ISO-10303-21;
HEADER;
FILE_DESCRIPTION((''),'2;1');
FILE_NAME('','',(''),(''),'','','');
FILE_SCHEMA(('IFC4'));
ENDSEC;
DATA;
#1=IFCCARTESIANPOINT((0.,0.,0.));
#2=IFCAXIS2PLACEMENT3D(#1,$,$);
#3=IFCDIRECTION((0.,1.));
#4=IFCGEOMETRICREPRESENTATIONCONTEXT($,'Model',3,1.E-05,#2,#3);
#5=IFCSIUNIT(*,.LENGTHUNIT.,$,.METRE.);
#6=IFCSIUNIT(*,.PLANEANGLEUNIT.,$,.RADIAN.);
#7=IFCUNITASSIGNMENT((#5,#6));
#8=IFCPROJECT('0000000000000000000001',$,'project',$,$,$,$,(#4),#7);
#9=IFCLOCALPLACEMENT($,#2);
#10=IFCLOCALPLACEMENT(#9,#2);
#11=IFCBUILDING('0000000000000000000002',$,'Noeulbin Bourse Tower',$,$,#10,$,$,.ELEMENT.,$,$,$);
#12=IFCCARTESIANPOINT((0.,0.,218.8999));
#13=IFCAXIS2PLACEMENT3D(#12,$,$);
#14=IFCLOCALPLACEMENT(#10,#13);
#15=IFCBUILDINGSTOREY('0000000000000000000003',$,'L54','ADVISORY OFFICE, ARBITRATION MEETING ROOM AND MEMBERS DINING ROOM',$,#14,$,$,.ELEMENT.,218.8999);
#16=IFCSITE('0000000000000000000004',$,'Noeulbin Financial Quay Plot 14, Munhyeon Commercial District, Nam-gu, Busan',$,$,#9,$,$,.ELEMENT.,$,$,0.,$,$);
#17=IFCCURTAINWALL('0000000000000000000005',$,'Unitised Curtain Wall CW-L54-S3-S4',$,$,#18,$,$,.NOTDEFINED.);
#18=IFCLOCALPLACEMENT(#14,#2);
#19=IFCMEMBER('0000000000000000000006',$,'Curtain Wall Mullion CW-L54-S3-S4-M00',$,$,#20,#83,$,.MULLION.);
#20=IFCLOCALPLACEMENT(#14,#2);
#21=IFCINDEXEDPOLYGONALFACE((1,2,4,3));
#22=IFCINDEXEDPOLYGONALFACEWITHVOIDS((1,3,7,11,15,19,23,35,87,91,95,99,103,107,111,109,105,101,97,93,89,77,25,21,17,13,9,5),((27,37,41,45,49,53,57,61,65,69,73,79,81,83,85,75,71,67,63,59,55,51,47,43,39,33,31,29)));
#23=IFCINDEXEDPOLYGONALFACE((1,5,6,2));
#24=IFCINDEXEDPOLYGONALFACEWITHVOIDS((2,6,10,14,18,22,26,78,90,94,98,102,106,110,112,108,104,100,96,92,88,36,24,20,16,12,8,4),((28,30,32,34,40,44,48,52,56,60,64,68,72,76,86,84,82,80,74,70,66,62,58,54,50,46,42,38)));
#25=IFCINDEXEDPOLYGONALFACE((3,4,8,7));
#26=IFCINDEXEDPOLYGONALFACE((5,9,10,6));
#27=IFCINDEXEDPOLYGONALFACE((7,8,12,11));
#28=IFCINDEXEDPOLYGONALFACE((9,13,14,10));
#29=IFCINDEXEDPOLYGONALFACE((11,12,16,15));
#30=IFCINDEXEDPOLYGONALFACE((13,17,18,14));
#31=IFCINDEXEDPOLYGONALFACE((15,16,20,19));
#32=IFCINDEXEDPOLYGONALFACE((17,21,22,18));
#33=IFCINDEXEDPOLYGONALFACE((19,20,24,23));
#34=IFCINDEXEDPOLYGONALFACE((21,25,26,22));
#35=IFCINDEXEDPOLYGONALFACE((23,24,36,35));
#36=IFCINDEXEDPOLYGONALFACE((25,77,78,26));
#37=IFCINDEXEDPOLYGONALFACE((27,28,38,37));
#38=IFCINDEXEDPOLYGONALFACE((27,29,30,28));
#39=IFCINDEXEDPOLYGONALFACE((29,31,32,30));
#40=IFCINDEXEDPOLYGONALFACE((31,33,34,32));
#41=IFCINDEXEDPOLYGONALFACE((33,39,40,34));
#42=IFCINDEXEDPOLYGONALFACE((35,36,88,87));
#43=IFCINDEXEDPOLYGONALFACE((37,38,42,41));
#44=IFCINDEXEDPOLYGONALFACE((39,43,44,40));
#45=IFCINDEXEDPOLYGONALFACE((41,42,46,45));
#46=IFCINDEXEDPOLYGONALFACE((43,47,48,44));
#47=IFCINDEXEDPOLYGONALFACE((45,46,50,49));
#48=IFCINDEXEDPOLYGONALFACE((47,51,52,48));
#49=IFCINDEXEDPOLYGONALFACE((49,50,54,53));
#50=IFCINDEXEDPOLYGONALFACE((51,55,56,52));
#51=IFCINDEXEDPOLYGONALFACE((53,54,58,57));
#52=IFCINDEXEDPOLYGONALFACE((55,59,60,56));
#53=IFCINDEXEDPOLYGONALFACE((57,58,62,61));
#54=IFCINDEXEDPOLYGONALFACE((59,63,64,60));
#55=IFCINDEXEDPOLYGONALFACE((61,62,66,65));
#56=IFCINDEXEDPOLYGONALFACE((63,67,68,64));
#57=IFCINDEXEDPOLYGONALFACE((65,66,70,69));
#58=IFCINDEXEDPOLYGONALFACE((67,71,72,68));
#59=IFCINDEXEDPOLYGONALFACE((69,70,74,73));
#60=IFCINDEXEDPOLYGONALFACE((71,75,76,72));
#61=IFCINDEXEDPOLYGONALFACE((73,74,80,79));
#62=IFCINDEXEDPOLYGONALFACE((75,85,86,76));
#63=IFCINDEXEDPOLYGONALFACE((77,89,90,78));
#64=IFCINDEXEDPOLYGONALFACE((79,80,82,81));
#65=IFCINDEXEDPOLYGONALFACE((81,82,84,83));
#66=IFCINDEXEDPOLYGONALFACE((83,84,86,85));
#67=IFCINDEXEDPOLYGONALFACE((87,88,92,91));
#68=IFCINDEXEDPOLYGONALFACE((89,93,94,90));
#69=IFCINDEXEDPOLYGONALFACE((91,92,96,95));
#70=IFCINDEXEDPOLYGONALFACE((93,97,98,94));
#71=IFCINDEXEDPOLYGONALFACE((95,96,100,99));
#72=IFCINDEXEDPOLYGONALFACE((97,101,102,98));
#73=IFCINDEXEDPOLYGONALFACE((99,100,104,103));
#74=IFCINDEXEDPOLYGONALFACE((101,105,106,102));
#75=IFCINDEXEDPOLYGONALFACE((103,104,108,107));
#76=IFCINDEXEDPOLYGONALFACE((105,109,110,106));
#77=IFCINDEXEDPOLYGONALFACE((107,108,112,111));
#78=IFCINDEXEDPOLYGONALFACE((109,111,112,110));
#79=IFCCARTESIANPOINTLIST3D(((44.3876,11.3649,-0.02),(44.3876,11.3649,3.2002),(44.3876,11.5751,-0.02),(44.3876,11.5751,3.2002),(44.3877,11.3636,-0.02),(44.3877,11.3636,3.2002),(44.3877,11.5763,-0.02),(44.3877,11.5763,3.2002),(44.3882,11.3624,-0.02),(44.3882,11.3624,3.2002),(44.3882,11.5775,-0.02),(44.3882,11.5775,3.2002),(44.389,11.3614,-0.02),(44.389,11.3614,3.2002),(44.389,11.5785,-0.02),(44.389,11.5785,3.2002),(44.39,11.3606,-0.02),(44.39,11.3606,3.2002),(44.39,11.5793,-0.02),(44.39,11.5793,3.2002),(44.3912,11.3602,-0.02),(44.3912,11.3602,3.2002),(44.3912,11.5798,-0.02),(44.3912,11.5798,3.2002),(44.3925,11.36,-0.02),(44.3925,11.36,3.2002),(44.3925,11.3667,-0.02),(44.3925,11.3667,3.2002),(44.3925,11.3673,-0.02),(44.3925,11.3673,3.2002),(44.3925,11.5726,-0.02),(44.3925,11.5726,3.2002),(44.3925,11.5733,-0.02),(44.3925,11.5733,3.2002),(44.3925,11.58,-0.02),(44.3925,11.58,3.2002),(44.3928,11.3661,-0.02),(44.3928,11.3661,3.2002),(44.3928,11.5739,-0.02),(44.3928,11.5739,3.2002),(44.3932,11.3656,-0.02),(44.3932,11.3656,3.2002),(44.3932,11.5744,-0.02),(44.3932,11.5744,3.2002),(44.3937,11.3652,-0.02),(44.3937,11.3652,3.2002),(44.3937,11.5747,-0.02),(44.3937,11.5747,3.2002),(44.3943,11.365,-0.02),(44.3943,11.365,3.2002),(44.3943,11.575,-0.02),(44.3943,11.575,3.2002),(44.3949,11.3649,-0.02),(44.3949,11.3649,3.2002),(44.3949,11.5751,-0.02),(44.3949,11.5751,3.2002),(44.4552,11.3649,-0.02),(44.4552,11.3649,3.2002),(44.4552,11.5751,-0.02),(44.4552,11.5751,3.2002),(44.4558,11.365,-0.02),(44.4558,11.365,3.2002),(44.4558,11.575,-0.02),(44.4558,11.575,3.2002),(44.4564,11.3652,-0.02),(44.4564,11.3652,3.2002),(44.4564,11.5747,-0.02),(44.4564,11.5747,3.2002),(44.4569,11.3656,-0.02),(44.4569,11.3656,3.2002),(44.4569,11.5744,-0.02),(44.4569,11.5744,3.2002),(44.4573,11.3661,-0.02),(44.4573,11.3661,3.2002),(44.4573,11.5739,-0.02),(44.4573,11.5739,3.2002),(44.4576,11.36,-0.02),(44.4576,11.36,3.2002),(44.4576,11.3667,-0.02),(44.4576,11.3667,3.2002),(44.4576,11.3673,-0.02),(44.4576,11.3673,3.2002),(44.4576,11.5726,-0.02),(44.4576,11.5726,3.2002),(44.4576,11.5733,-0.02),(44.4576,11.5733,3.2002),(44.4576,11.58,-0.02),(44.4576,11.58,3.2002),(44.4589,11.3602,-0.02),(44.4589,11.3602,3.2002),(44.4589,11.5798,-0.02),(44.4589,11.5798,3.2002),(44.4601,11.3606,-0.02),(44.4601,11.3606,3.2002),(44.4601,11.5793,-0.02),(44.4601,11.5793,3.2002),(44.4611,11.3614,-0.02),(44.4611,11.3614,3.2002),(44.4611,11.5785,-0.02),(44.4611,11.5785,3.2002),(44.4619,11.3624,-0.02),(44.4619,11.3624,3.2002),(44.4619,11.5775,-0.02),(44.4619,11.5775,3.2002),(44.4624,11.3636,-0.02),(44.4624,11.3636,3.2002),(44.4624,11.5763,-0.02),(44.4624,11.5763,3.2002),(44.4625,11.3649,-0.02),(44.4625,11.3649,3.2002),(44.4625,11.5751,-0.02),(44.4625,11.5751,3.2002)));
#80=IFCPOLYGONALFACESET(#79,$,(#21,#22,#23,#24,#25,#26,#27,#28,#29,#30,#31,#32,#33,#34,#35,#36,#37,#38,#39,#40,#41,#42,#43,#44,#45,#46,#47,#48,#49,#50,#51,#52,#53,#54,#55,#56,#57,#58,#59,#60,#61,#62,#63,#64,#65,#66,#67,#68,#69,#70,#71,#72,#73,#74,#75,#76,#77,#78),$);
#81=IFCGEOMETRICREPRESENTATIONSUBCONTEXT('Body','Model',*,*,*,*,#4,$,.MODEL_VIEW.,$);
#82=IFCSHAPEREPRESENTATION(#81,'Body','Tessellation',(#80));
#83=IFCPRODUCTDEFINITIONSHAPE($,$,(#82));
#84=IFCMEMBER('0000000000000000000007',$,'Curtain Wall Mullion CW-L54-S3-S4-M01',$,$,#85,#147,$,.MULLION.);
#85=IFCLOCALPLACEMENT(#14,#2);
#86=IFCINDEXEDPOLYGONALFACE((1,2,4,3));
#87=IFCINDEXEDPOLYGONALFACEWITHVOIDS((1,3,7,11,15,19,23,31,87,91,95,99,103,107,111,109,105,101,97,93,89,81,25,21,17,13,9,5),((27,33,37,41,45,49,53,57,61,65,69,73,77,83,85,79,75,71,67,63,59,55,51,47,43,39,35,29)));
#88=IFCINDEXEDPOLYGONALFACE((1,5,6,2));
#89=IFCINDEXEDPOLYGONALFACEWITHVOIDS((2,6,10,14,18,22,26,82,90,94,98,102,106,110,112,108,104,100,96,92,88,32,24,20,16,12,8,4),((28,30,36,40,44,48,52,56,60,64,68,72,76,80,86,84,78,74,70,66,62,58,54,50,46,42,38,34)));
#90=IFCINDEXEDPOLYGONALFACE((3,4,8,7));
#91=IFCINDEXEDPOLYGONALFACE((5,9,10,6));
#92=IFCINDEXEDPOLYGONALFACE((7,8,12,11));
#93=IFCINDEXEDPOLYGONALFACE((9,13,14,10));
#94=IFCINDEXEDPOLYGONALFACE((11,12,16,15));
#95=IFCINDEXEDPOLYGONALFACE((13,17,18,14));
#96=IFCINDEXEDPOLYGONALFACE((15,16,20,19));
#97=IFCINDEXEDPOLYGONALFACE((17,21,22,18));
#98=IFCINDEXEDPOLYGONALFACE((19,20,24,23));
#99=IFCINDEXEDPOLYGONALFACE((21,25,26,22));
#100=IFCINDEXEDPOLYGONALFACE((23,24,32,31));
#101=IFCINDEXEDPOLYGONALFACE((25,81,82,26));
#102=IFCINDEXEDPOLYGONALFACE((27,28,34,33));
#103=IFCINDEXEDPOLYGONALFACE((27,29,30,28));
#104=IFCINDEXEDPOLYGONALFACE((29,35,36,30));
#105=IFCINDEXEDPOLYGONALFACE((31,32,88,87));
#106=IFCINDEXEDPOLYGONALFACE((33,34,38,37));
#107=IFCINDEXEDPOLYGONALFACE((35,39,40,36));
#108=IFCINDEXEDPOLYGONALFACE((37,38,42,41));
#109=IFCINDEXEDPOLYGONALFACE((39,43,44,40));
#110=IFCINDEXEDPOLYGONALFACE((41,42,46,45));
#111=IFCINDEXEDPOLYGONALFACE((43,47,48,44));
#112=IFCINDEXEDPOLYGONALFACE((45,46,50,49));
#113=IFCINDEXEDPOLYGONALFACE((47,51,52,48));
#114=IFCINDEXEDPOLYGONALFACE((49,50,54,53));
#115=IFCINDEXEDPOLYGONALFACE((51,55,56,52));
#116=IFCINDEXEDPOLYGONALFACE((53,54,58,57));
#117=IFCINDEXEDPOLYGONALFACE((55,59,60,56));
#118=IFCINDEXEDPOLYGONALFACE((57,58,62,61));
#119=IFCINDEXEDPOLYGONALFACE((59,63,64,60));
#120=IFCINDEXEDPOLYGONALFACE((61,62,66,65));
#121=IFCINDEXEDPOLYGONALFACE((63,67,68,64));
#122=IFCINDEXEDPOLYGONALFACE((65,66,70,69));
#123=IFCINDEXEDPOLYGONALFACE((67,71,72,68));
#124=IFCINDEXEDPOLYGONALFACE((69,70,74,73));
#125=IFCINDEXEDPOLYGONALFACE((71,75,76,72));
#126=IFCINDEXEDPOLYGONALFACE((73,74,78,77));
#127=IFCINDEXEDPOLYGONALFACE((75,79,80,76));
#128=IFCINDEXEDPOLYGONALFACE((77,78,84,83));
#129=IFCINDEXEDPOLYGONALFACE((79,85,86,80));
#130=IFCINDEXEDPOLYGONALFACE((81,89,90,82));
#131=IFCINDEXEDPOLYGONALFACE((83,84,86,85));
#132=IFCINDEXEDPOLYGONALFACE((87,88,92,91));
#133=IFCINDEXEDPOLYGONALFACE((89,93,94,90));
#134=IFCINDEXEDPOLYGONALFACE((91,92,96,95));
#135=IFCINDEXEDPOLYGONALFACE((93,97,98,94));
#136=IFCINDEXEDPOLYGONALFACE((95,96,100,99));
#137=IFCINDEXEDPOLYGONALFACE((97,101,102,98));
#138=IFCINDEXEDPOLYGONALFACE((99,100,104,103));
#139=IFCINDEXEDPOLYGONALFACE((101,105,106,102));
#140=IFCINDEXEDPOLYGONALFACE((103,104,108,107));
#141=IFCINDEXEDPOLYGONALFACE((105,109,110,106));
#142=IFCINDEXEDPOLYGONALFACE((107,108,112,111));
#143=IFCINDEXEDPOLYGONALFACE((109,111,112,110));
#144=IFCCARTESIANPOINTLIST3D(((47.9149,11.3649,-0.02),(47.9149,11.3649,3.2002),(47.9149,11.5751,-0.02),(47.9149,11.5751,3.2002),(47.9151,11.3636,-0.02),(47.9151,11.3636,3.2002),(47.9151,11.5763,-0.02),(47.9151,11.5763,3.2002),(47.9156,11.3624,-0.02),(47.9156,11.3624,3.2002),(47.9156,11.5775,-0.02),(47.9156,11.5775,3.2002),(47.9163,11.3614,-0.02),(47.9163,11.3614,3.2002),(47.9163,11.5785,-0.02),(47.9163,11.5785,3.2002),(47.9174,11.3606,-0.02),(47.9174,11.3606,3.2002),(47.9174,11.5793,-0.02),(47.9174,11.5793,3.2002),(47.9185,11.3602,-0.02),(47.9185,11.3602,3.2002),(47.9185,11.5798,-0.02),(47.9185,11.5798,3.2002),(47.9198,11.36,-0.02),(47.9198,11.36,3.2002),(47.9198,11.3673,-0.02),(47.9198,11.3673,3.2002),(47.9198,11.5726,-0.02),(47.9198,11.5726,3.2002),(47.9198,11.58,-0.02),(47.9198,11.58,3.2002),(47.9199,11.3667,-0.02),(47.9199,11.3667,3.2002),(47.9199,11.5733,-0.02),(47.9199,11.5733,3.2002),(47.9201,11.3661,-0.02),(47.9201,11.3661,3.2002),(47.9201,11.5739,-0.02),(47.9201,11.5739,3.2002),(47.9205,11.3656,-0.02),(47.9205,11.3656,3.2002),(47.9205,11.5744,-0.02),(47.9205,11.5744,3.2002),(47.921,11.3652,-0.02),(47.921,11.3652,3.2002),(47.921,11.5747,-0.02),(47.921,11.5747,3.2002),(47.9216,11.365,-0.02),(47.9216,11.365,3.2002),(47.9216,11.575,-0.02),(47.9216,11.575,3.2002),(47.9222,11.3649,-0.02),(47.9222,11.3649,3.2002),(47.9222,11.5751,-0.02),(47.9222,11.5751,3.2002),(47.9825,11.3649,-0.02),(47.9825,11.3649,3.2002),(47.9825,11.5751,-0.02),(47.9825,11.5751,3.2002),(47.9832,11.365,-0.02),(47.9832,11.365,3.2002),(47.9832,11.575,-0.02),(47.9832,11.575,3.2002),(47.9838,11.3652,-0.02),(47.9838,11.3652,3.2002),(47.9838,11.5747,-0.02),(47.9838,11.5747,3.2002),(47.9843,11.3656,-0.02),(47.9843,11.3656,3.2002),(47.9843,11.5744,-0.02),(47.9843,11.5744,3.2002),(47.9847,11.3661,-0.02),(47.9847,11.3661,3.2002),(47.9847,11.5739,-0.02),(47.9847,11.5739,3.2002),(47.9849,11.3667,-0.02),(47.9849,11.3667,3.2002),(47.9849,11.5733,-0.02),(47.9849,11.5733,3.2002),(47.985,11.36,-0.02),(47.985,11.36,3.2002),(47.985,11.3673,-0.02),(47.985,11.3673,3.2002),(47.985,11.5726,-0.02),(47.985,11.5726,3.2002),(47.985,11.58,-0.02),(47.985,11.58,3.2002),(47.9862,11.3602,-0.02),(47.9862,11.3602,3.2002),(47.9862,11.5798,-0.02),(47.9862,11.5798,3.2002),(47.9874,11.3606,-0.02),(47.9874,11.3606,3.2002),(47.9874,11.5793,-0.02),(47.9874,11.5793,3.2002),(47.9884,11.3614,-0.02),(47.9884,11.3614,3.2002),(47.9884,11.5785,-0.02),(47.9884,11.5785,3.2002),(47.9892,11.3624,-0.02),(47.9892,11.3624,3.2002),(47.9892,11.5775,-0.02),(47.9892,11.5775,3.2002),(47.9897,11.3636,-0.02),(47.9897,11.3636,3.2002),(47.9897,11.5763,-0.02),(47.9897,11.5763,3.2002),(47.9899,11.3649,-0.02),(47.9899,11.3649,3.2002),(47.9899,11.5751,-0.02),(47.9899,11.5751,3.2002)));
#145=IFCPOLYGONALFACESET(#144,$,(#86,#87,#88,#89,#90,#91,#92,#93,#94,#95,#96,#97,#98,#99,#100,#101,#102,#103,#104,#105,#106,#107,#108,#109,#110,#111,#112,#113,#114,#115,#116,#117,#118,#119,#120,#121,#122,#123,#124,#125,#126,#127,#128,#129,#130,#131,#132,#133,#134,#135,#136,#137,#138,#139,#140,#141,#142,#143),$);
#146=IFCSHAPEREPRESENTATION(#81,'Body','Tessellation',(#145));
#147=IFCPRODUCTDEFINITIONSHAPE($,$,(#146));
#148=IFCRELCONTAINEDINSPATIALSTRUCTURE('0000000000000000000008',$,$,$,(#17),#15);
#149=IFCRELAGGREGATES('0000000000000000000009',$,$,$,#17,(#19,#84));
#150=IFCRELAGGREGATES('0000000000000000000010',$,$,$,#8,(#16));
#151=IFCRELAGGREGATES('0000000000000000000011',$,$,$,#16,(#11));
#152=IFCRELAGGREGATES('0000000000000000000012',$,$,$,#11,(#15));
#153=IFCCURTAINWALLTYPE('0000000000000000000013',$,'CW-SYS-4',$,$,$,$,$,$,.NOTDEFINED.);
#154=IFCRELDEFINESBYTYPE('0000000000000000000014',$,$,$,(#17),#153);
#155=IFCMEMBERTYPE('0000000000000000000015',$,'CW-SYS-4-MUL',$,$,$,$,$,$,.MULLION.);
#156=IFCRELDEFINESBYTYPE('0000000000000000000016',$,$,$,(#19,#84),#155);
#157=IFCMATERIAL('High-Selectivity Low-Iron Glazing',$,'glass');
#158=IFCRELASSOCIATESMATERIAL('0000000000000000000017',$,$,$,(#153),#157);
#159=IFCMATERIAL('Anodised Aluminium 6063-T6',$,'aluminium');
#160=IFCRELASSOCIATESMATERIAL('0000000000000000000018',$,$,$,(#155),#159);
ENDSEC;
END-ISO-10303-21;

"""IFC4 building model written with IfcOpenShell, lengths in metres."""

from ifc_helpers import new_model, si_unit, direction, frame, origin, origin_2d, place, context, subcontext, project, spatial, hollow_rectangle, extrude, material, material_profile, profile_set, type_object, element, aggregate, save


model = new_model("IFC4")

# Units and contexts
model_context = context("Model", 3, precision=1e-05, world=origin(), true_north=direction((0.0, 1.0)))
body_context = subcontext(model_context, "Body", "Model", "MODEL_VIEW")
ifc_project = project(units=[si_unit("LENGTHUNIT", "METRE"), si_unit("PLANEANGLEUNIT", "RADIAN")], contexts=[model_context])

# Site, building, storey
site_placement = place(None, origin())
site = spatial("IfcSite", under=ifc_project, at=site_placement, Name="Noeulbin Financial Quay Plot 14, Munhyeon Commercial District, Nam-gu, Busan", CompositionType="ELEMENT", RefElevation=0.0)
building_placement = place(site_placement, origin())
building = spatial("IfcBuilding", under=site, at=building_placement, Name="Noeulbin Bourse Tower", CompositionType="ELEMENT")
storey_placement = place(building_placement, frame((0.0, 0.0, 218.8999)))
storey = spatial("IfcBuildingStorey", under=building, at=storey_placement, Name="L54", Description="ADVISORY OFFICE, ARBITRATION MEETING ROOM AND MEMBERS DINING ROOM", CompositionType="ELEMENT", Elevation=218.8999)

# Curtain wall, members
ifc_material_1 = material(Name="High-Selectivity Low-Iron Glazing", Category="glass")
curtain_wall_type = type_object("IfcCurtainWallType", Name="CW-SYS-4", PredefinedType="NOTDEFINED", material=ifc_material_1)
ifc_material_2 = material(Name="Anodised Aluminium 6063-T6", Category="aluminium")
ifc_material_profile_1 = material_profile(ifc_material_2, hollow_rectangle(XDim=0.075, YDim=0.22, WallThickness=0.0049, InnerFilletRadius=0.0024, OuterFilletRadius=0.0049, at=origin_2d()), Name="ALU-MULL-75x220x5", Category="LoadBearing")
ifc_profile_set_1 = profile_set([ifc_material_profile_1], Name="Anodised Aluminium 6063-T6")
member_type_1 = type_object("IfcMemberType", Name="CW-SYS-4-MUL", PredefinedType="MULLION", material=ifc_profile_set_1)
curtain_wall_1_placement = place(storey_placement, origin())
curtain_wall_1 = element("IfcCurtainWall", 1, at=curtain_wall_1_placement, inside=storey, type_object=curtain_wall_type, Name="Unitised Curtain Wall CW-L54-S3-S4", PredefinedType="NOTDEFINED")
member_1_placement = place(storey_placement, frame((44.425, 11.47, -0.02), z_axis=(0.0, 0.0, 1.0), x_axis=(1.0, 0.0, 0.0)))
member_1 = element("IfcMember", 2, at=member_1_placement, type_object=member_type_1, Name="Curtain Wall Mullion CW-L54-S3-S4-M00", PredefinedType="MULLION", context=body_context, shape_type="SweptSolid", body=[
    extrude(hollow_rectangle(XDim=0.075, YDim=0.22, WallThickness=0.0049, InnerFilletRadius=0.0024, OuterFilletRadius=0.0049, at=origin_2d()), origin(), (0.0, 0.0, 1.0), 3.2202),
])
member_2_placement = place(storey_placement, frame((47.9524, 11.47, -0.02), z_axis=(0.0, 0.0, 1.0), x_axis=(1.0, 0.0, 0.0)))
member_2 = element("IfcMember", 3, at=member_2_placement, type_object=member_type_1, Name="Curtain Wall Mullion CW-L54-S3-S4-M01", PredefinedType="MULLION", context=body_context, shape_type="SweptSolid", body=[
    extrude(hollow_rectangle(XDim=0.075, YDim=0.22, WallThickness=0.0049, InnerFilletRadius=0.0024, OuterFilletRadius=0.0049, at=origin_2d()), origin(), (0.0, 0.0, 1.0), 3.2202),
])

aggregate(curtain_wall_1, [member_1, member_2])

save(model, "model.ifc")
